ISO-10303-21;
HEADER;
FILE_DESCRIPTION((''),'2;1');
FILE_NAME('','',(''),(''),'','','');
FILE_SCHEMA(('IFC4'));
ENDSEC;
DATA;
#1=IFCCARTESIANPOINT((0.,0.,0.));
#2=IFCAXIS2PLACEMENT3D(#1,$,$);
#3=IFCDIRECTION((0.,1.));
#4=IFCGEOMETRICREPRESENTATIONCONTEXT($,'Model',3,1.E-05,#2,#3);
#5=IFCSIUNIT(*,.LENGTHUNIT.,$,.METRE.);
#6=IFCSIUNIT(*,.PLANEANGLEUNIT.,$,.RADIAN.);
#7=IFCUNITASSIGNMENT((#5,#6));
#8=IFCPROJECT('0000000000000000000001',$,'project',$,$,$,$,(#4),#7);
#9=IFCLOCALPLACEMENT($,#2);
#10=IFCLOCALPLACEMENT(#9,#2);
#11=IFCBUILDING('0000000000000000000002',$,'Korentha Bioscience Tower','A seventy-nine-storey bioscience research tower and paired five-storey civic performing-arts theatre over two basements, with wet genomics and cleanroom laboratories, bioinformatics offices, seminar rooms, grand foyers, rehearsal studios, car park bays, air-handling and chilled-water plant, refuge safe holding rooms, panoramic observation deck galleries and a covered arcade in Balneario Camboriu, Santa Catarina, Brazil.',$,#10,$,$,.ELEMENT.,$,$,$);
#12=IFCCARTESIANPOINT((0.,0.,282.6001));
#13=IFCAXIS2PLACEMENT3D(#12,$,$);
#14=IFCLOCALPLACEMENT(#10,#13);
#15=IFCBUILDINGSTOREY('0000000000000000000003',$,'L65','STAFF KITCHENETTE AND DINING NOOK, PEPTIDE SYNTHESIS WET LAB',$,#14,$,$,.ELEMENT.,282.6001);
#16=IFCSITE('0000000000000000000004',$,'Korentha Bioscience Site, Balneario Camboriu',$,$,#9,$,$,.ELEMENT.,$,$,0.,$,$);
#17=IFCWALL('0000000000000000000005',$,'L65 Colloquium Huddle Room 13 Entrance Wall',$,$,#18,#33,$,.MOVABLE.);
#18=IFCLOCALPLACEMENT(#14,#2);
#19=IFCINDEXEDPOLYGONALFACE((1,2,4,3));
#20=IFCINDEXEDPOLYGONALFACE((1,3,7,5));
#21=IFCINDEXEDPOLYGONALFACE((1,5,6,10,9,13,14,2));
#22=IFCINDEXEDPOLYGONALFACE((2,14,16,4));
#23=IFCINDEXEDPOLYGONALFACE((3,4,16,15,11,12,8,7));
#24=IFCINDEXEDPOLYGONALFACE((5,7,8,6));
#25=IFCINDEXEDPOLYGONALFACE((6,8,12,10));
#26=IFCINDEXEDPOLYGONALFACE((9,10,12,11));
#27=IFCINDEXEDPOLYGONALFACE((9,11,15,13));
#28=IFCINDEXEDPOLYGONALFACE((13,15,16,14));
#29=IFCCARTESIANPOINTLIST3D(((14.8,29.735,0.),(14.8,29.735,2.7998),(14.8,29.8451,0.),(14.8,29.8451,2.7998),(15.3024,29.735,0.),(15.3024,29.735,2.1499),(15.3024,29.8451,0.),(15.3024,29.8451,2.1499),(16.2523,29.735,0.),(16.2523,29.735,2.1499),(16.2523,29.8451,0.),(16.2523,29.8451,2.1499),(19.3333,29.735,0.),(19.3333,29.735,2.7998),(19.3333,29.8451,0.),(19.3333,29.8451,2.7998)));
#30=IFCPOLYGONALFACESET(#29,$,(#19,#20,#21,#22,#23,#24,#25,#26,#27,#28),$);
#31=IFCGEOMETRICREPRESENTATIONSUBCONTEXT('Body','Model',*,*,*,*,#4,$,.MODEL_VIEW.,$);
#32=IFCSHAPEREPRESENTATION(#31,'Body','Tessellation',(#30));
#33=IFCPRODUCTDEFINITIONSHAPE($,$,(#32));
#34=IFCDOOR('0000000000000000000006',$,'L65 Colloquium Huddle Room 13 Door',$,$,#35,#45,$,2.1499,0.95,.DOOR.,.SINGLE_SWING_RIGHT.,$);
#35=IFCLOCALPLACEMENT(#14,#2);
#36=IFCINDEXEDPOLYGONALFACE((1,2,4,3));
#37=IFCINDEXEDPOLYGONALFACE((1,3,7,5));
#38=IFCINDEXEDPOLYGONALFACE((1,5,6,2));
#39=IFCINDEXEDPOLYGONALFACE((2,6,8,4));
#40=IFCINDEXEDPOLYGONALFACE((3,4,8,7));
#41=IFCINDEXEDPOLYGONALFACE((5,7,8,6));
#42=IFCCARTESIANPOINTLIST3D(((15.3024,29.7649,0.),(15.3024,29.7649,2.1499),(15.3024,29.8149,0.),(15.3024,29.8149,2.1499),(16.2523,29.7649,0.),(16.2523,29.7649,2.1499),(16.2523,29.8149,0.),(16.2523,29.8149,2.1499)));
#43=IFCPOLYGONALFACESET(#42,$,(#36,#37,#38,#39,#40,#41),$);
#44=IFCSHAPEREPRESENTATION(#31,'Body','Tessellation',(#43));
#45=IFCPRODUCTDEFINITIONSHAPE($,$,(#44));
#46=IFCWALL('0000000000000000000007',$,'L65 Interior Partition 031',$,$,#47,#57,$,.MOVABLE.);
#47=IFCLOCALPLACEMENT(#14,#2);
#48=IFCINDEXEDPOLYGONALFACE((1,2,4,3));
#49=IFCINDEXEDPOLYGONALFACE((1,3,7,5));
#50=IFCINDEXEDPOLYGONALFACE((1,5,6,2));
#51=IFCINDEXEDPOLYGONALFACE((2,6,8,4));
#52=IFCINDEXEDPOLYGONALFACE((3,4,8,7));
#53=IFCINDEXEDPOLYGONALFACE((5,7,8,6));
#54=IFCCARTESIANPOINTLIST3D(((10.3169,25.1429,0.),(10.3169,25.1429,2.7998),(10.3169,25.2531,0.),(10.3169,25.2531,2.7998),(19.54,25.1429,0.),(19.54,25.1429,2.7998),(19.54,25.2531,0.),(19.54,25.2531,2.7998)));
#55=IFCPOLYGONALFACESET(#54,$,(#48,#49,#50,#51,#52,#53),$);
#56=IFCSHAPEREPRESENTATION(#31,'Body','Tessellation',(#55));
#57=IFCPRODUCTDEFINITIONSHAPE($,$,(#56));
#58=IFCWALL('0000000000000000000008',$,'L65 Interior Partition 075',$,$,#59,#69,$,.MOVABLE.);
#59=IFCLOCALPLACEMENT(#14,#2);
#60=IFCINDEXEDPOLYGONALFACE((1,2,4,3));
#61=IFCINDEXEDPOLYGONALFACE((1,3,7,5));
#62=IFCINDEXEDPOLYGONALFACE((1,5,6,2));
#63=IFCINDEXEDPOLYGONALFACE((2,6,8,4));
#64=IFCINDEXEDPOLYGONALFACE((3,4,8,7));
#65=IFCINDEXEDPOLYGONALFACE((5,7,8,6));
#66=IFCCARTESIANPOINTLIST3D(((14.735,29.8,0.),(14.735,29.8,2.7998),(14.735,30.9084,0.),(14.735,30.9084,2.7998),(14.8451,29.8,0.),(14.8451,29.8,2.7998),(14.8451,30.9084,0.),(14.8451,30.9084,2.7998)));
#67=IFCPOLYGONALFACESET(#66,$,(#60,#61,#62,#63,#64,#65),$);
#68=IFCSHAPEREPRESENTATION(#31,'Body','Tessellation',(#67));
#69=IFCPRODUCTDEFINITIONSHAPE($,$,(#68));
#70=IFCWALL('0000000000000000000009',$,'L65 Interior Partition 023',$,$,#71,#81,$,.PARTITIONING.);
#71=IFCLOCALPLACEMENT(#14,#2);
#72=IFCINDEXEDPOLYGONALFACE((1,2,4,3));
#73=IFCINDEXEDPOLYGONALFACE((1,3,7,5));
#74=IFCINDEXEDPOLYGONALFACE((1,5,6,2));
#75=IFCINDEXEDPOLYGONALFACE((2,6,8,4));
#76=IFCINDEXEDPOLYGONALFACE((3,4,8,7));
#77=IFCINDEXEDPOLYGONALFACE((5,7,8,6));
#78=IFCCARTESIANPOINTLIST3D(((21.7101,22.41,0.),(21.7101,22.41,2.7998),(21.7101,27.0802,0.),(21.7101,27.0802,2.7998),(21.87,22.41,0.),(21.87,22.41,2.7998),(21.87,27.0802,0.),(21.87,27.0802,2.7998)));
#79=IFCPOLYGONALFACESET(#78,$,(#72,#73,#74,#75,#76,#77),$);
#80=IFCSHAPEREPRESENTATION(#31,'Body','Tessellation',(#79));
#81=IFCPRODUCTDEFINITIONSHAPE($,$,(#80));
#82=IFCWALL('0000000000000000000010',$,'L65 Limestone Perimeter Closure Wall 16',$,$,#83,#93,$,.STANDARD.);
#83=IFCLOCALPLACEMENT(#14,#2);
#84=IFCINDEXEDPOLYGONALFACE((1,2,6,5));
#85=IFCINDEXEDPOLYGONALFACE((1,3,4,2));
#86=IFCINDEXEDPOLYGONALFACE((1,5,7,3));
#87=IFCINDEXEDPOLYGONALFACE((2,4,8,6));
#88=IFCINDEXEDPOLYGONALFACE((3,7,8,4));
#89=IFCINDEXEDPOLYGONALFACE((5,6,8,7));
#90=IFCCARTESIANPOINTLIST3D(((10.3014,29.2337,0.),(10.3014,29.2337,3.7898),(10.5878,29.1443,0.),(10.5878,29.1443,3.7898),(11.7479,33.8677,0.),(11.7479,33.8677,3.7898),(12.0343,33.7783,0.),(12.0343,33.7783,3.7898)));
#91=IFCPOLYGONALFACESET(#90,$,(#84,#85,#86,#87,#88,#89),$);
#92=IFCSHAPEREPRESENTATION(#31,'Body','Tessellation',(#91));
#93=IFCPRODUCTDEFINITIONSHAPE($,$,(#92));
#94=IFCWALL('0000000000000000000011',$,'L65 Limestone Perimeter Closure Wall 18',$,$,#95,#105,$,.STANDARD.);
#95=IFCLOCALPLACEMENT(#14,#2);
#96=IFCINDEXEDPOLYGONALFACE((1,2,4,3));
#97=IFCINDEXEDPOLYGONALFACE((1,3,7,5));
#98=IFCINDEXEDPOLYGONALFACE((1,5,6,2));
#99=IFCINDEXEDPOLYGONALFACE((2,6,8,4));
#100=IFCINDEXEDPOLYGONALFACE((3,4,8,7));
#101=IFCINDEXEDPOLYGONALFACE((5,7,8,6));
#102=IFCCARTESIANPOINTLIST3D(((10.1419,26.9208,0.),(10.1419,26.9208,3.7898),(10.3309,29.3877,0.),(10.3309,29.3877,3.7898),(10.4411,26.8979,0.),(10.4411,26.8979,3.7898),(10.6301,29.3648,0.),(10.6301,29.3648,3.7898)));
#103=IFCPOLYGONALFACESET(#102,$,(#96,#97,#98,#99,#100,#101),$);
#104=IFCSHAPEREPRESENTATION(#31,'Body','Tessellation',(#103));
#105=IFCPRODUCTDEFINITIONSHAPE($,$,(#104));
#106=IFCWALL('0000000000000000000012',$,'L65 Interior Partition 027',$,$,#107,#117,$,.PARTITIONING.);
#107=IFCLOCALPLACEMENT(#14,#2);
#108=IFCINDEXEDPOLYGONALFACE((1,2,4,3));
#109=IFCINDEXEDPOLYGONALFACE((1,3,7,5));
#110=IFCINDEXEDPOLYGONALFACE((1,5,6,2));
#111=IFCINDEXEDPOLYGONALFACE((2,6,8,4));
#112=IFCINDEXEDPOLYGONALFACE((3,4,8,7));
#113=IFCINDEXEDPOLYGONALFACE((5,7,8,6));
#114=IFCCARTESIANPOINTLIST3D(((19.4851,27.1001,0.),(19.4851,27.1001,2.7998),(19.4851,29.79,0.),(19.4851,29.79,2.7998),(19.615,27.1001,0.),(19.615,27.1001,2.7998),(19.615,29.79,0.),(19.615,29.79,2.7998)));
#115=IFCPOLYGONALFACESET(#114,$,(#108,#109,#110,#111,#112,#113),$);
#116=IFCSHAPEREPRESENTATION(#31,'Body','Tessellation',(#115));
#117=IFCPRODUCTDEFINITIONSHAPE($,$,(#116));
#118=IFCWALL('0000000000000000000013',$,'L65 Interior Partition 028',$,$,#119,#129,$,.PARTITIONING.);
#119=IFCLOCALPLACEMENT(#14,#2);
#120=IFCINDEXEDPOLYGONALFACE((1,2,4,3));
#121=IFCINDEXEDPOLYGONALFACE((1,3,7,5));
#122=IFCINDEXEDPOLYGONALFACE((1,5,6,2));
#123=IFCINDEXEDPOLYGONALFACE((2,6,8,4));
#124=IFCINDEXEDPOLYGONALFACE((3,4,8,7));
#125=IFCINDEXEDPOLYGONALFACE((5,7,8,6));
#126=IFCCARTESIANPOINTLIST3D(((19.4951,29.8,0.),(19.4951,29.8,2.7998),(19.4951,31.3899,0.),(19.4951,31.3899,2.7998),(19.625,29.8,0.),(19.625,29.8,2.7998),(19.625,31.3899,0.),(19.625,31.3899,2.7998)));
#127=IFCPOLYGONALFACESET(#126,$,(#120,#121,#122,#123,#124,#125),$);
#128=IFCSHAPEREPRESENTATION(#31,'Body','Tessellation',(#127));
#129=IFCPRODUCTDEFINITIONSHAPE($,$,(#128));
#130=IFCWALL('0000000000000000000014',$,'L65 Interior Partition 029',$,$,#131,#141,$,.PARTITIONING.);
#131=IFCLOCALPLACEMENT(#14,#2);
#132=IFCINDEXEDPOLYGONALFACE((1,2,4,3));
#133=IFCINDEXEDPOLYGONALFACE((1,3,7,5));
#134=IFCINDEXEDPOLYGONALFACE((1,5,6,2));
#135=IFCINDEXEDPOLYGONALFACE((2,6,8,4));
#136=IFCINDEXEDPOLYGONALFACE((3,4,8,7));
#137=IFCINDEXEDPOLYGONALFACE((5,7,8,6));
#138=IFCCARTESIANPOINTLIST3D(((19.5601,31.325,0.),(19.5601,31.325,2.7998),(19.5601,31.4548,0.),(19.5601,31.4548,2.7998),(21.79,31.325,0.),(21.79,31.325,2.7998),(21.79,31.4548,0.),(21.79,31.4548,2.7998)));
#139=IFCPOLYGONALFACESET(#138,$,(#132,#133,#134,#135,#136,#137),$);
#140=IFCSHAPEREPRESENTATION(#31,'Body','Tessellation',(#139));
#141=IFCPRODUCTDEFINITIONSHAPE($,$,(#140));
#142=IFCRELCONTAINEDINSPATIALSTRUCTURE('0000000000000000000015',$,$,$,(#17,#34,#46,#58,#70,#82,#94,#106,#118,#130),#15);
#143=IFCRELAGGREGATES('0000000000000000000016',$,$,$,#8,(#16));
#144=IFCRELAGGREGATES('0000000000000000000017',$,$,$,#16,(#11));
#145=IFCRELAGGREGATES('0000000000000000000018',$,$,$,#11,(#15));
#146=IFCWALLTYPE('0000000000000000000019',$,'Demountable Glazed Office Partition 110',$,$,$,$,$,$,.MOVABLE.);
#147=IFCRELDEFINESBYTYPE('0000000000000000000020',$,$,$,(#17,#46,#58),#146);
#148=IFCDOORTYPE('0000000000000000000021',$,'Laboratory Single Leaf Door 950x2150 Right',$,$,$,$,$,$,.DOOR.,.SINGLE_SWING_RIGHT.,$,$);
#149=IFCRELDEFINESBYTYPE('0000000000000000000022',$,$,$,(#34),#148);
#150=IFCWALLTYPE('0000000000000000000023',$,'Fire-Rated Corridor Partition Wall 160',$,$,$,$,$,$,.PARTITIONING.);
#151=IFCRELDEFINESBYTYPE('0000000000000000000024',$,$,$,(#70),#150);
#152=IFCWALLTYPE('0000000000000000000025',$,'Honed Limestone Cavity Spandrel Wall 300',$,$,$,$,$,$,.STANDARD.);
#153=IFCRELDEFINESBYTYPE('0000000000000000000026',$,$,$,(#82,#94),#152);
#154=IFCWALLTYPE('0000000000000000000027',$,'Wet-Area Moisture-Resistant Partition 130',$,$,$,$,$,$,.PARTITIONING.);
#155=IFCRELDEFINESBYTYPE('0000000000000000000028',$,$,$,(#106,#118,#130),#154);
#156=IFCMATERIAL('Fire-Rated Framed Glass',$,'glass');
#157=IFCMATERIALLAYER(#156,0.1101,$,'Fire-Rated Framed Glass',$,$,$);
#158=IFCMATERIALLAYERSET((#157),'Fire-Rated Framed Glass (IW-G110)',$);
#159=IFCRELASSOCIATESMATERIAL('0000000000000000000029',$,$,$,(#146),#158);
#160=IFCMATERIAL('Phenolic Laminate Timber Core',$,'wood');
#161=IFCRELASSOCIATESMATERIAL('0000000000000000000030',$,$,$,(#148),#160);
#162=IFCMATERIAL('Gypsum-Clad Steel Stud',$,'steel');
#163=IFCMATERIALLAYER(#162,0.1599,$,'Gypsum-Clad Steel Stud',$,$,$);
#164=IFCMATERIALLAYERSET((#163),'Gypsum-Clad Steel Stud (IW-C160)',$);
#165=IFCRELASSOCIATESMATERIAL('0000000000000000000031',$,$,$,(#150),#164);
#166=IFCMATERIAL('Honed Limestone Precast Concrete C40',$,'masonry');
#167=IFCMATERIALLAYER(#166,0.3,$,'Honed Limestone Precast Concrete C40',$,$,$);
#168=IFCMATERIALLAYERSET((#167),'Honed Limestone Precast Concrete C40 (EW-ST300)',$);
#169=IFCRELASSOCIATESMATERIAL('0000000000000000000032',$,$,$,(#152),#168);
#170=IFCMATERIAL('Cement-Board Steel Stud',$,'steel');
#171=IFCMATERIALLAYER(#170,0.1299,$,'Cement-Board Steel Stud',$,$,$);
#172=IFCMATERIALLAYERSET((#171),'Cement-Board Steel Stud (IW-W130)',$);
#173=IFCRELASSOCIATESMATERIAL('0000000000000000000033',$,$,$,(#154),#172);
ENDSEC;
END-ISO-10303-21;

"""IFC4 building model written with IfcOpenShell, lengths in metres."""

from ifc_helpers import new_model, si_unit, direction, frame, frame_2d, origin, place, context, subcontext, project, spatial, rectangle, extrude, material, layer, layer_set, type_object, element, fill, save


model = new_model("IFC4")

# Units and contexts
model_context = context("Model", 3, precision=1e-05, world=origin(), true_north=direction((0.0, 1.0)))
body_context = subcontext(model_context, "Body", "Model", "MODEL_VIEW")
ifc_project = project(units=[si_unit("LENGTHUNIT", "METRE"), si_unit("PLANEANGLEUNIT", "RADIAN")], contexts=[model_context])

# Site, building, storey
site_placement = place(None, origin())
site = spatial("IfcSite", under=ifc_project, at=site_placement, Name="Korentha Bioscience Site, Balneario Camboriu", CompositionType="ELEMENT", RefElevation=0.0)
building_placement = place(site_placement, origin())
building = spatial("IfcBuilding", under=site, at=building_placement, Name="Korentha Bioscience Tower", Description="A seventy-nine-storey bioscience research tower and paired five-storey civic performing-arts theatre over two basements, with wet genomics and cleanroom laboratories, bioinformatics offices, seminar rooms, grand foyers, rehearsal studios, car park bays, air-handling and chilled-water plant, refuge safe holding rooms, panoramic observation deck galleries and a covered arcade in Balneario Camboriu, Santa Catarina, Brazil.", CompositionType="ELEMENT")
storey_placement = place(building_placement, frame((0.0, 0.0, 282.6001)))
storey = spatial("IfcBuildingStorey", under=building, at=storey_placement, Name="L65", Description="STAFF KITCHENETTE AND DINING NOOK, PEPTIDE SYNTHESIS WET LAB", CompositionType="ELEMENT", Elevation=282.6001)

# Wall, opening, door
ifc_material_1 = material(Name="Fire-Rated Framed Glass", Category="glass")
ifc_layer_1 = layer(ifc_material_1, 0.1101, Name="Fire-Rated Framed Glass")
ifc_layer_set_1 = layer_set([ifc_layer_1], Name="Fire-Rated Framed Glass (IW-G110)")
wall_type_1 = type_object("IfcWallType", Name="Demountable Glazed Office Partition 110", PredefinedType="MOVABLE", material=ifc_layer_set_1)
wall_1_placement = place(storey_placement, frame((14.8, 29.79, 0.0), z_axis=(0.0, 0.0, 1.0), x_axis=(1.0, 0.0, 0.0)))
wall_1 = element("IfcWall", 1, at=wall_1_placement, inside=storey, type_object=wall_type_1, Name="L65 Colloquium Huddle Room 13 Entrance Wall", PredefinedType="MOVABLE", context=body_context, shape_type="SweptSolid", body=[
    extrude(rectangle(XDim=4.5332, YDim=0.1101, at=frame_2d((2.2666, 0.0))), origin(), (0.0, 0.0, 1.0), 2.7998),
])
opening_placement = place(wall_1_placement, frame((0.5022, 0.0, 0.0)))
opening = element("IfcOpeningElement", 2, at=opening_placement, cuts=wall_1, PredefinedType="OPENING", context=body_context, shape_type="SweptSolid", body=[
    extrude(rectangle(XDim=0.95, YDim=2.1499, at=frame_2d((0.4751, 1.075))), frame((0.0, 0.0698, 0.0), z_axis=(0.0, -1.0, 0.0), x_axis=(1.0, 0.0, 0.0)), (0.0, 0.0, 1.0), 0.1399),
])
ifc_material_2 = material(Name="Phenolic Laminate Timber Core", Category="wood")
door_type = type_object("IfcDoorType", Name="Laboratory Single Leaf Door 950x2150 Right", OperationType="SINGLE_SWING_RIGHT", PredefinedType="DOOR", material=ifc_material_2)
door_placement = place(opening_placement, origin())
door = element("IfcDoor", 3, at=door_placement, inside=storey, type_object=door_type, Name="L65 Colloquium Huddle Room 13 Door", OperationType="SINGLE_SWING_RIGHT", OverallHeight=2.1499, OverallWidth=0.95, PredefinedType="DOOR", context=body_context, shape_type="SweptSolid", body=[
    extrude(rectangle(XDim=0.95, YDim=2.1499, at=frame_2d((0.4751, 1.075))), frame((0.0, 0.0249, 0.0), z_axis=(0.0, -1.0, 0.0), x_axis=(1.0, 0.0, 0.0)), (0.0, 0.0, 1.0), 0.05),
])
fill(opening, door)

# Walls
wall_2_placement = place(storey_placement, frame((10.3169, 25.198, 0.0), z_axis=(0.0, 0.0, 1.0), x_axis=(1.0, 0.0, 0.0)))
element("IfcWall", 4, at=wall_2_placement, inside=storey, type_object=wall_type_1, Name="L65 Interior Partition 031", PredefinedType="MOVABLE", context=body_context, shape_type="SweptSolid", body=[
    extrude(rectangle(XDim=9.2231, YDim=0.1101, at=frame_2d((4.6116, 0.0))), origin(), (0.0, 0.0, 1.0), 2.7998),
])
wall_3_placement = place(storey_placement, frame((14.79, 30.9084, 0.0), z_axis=(0.0, 0.0, 1.0), x_axis=(0.0, -1.0, 0.0)))
element("IfcWall", 5, at=wall_3_placement, inside=storey, type_object=wall_type_1, Name="L65 Interior Partition 075", PredefinedType="MOVABLE", context=body_context, shape_type="SweptSolid", body=[
    extrude(rectangle(XDim=1.1084, YDim=0.1101, at=frame_2d((0.5542, 0.0))), origin(), (0.0, 0.0, 1.0), 2.7998),
])
ifc_material_3 = material(Name="Gypsum-Clad Steel Stud", Category="steel")
ifc_layer_2 = layer(ifc_material_3, 0.1599, Name="Gypsum-Clad Steel Stud")
ifc_layer_set_2 = layer_set([ifc_layer_2], Name="Gypsum-Clad Steel Stud (IW-C160)")
wall_type_2 = type_object("IfcWallType", Name="Fire-Rated Corridor Partition Wall 160", PredefinedType="PARTITIONING", material=ifc_layer_set_2)
wall_4_placement = place(storey_placement, frame((21.79, 27.0801, 0.0), z_axis=(0.0, 0.0, 1.0), x_axis=(0.0, -1.0, 0.0)))
element("IfcWall", 6, at=wall_4_placement, inside=storey, type_object=wall_type_2, Name="L65 Interior Partition 023", PredefinedType="PARTITIONING", context=body_context, shape_type="SweptSolid", body=[
    extrude(rectangle(XDim=4.6702, YDim=0.1599, at=frame_2d((2.335, 0.0))), origin(), (0.0, 0.0, 1.0), 2.7998),
])
ifc_material_4 = material(Name="Honed Limestone Precast Concrete C40", Category="masonry")
ifc_layer_3 = layer(ifc_material_4, 0.3, Name="Honed Limestone Precast Concrete C40")
ifc_layer_set_3 = layer_set([ifc_layer_3], Name="Honed Limestone Precast Concrete C40 (EW-ST300)")
wall_type_3 = type_object("IfcWallType", Name="Honed Limestone Cavity Spandrel Wall 300", PredefinedType="STANDARD", material=ifc_layer_set_3)
wall_5_placement = place(storey_placement, frame((11.8911, 33.823, 0.0), z_axis=(0.0, 0.0, 1.0), x_axis=(-0.297974, -0.954574, 0.0)))
element("IfcWall", 7, at=wall_5_placement, inside=storey, type_object=wall_type_3, Name="L65 Limestone Perimeter Closure Wall 16", PredefinedType="STANDARD", context=body_context, shape_type="SweptSolid", body=[
    extrude(rectangle(XDim=4.8545, YDim=0.3, at=frame_2d((2.4272, 0.0))), origin(), (0.0, 0.0, 1.0), 3.7898),
])
wall_6_placement = place(storey_placement, frame((10.4805, 29.3762, 0.0), z_axis=(0.0, 0.0, 1.0), x_axis=(-0.07638, -0.997079, 0.0)))
element("IfcWall", 8, at=wall_6_placement, inside=storey, type_object=wall_type_3, Name="L65 Limestone Perimeter Closure Wall 18", PredefinedType="STANDARD", context=body_context, shape_type="SweptSolid", body=[
    extrude(rectangle(XDim=2.4741, YDim=0.3, at=frame_2d((1.2371, 0.0))), origin(), (0.0, 0.0, 1.0), 3.7898),
])
ifc_material_5 = material(Name="Cement-Board Steel Stud", Category="steel")
ifc_layer_4 = layer(ifc_material_5, 0.1299, Name="Cement-Board Steel Stud")
ifc_layer_set_4 = layer_set([ifc_layer_4], Name="Cement-Board Steel Stud (IW-W130)")
wall_type_4 = type_object("IfcWallType", Name="Wet-Area Moisture-Resistant Partition 130", PredefinedType="PARTITIONING", material=ifc_layer_set_4)
wall_7_placement = place(storey_placement, frame((19.55, 27.1001, 0.0), z_axis=(0.0, 0.0, 1.0), x_axis=(0.0, 1.0, 0.0)))
element("IfcWall", 9, at=wall_7_placement, inside=storey, type_object=wall_type_4, Name="L65 Interior Partition 027", PredefinedType="PARTITIONING", context=body_context, shape_type="SweptSolid", body=[
    extrude(rectangle(XDim=2.6899, YDim=0.1299, at=frame_2d((1.345, 0.0))), origin(), (0.0, 0.0, 1.0), 2.7998),
])
wall_8_placement = place(storey_placement, frame((19.5601, 29.8, 0.0), z_axis=(0.0, 0.0, 1.0), x_axis=(0.0, 1.0, 0.0)))
element("IfcWall", 10, at=wall_8_placement, inside=storey, type_object=wall_type_4, Name="L65 Interior Partition 028", PredefinedType="PARTITIONING", context=body_context, shape_type="SweptSolid", body=[
    extrude(rectangle(XDim=1.5898, YDim=0.1299, at=frame_2d((0.7949, 0.0))), origin(), (0.0, 0.0, 1.0), 2.7998),
])
wall_9_placement = place(storey_placement, frame((19.5601, 31.3899, 0.0), z_axis=(0.0, 0.0, 1.0), x_axis=(1.0, 0.0, 0.0)))
element("IfcWall", 11, at=wall_9_placement, inside=storey, type_object=wall_type_4, Name="L65 Interior Partition 029", PredefinedType="PARTITIONING", context=body_context, shape_type="SweptSolid", body=[
    extrude(rectangle(XDim=2.23, YDim=0.1299, at=frame_2d((1.115, 0.0))), origin(), (0.0, 0.0, 1.0), 2.7998),
])

save(model, "model.ifc")
